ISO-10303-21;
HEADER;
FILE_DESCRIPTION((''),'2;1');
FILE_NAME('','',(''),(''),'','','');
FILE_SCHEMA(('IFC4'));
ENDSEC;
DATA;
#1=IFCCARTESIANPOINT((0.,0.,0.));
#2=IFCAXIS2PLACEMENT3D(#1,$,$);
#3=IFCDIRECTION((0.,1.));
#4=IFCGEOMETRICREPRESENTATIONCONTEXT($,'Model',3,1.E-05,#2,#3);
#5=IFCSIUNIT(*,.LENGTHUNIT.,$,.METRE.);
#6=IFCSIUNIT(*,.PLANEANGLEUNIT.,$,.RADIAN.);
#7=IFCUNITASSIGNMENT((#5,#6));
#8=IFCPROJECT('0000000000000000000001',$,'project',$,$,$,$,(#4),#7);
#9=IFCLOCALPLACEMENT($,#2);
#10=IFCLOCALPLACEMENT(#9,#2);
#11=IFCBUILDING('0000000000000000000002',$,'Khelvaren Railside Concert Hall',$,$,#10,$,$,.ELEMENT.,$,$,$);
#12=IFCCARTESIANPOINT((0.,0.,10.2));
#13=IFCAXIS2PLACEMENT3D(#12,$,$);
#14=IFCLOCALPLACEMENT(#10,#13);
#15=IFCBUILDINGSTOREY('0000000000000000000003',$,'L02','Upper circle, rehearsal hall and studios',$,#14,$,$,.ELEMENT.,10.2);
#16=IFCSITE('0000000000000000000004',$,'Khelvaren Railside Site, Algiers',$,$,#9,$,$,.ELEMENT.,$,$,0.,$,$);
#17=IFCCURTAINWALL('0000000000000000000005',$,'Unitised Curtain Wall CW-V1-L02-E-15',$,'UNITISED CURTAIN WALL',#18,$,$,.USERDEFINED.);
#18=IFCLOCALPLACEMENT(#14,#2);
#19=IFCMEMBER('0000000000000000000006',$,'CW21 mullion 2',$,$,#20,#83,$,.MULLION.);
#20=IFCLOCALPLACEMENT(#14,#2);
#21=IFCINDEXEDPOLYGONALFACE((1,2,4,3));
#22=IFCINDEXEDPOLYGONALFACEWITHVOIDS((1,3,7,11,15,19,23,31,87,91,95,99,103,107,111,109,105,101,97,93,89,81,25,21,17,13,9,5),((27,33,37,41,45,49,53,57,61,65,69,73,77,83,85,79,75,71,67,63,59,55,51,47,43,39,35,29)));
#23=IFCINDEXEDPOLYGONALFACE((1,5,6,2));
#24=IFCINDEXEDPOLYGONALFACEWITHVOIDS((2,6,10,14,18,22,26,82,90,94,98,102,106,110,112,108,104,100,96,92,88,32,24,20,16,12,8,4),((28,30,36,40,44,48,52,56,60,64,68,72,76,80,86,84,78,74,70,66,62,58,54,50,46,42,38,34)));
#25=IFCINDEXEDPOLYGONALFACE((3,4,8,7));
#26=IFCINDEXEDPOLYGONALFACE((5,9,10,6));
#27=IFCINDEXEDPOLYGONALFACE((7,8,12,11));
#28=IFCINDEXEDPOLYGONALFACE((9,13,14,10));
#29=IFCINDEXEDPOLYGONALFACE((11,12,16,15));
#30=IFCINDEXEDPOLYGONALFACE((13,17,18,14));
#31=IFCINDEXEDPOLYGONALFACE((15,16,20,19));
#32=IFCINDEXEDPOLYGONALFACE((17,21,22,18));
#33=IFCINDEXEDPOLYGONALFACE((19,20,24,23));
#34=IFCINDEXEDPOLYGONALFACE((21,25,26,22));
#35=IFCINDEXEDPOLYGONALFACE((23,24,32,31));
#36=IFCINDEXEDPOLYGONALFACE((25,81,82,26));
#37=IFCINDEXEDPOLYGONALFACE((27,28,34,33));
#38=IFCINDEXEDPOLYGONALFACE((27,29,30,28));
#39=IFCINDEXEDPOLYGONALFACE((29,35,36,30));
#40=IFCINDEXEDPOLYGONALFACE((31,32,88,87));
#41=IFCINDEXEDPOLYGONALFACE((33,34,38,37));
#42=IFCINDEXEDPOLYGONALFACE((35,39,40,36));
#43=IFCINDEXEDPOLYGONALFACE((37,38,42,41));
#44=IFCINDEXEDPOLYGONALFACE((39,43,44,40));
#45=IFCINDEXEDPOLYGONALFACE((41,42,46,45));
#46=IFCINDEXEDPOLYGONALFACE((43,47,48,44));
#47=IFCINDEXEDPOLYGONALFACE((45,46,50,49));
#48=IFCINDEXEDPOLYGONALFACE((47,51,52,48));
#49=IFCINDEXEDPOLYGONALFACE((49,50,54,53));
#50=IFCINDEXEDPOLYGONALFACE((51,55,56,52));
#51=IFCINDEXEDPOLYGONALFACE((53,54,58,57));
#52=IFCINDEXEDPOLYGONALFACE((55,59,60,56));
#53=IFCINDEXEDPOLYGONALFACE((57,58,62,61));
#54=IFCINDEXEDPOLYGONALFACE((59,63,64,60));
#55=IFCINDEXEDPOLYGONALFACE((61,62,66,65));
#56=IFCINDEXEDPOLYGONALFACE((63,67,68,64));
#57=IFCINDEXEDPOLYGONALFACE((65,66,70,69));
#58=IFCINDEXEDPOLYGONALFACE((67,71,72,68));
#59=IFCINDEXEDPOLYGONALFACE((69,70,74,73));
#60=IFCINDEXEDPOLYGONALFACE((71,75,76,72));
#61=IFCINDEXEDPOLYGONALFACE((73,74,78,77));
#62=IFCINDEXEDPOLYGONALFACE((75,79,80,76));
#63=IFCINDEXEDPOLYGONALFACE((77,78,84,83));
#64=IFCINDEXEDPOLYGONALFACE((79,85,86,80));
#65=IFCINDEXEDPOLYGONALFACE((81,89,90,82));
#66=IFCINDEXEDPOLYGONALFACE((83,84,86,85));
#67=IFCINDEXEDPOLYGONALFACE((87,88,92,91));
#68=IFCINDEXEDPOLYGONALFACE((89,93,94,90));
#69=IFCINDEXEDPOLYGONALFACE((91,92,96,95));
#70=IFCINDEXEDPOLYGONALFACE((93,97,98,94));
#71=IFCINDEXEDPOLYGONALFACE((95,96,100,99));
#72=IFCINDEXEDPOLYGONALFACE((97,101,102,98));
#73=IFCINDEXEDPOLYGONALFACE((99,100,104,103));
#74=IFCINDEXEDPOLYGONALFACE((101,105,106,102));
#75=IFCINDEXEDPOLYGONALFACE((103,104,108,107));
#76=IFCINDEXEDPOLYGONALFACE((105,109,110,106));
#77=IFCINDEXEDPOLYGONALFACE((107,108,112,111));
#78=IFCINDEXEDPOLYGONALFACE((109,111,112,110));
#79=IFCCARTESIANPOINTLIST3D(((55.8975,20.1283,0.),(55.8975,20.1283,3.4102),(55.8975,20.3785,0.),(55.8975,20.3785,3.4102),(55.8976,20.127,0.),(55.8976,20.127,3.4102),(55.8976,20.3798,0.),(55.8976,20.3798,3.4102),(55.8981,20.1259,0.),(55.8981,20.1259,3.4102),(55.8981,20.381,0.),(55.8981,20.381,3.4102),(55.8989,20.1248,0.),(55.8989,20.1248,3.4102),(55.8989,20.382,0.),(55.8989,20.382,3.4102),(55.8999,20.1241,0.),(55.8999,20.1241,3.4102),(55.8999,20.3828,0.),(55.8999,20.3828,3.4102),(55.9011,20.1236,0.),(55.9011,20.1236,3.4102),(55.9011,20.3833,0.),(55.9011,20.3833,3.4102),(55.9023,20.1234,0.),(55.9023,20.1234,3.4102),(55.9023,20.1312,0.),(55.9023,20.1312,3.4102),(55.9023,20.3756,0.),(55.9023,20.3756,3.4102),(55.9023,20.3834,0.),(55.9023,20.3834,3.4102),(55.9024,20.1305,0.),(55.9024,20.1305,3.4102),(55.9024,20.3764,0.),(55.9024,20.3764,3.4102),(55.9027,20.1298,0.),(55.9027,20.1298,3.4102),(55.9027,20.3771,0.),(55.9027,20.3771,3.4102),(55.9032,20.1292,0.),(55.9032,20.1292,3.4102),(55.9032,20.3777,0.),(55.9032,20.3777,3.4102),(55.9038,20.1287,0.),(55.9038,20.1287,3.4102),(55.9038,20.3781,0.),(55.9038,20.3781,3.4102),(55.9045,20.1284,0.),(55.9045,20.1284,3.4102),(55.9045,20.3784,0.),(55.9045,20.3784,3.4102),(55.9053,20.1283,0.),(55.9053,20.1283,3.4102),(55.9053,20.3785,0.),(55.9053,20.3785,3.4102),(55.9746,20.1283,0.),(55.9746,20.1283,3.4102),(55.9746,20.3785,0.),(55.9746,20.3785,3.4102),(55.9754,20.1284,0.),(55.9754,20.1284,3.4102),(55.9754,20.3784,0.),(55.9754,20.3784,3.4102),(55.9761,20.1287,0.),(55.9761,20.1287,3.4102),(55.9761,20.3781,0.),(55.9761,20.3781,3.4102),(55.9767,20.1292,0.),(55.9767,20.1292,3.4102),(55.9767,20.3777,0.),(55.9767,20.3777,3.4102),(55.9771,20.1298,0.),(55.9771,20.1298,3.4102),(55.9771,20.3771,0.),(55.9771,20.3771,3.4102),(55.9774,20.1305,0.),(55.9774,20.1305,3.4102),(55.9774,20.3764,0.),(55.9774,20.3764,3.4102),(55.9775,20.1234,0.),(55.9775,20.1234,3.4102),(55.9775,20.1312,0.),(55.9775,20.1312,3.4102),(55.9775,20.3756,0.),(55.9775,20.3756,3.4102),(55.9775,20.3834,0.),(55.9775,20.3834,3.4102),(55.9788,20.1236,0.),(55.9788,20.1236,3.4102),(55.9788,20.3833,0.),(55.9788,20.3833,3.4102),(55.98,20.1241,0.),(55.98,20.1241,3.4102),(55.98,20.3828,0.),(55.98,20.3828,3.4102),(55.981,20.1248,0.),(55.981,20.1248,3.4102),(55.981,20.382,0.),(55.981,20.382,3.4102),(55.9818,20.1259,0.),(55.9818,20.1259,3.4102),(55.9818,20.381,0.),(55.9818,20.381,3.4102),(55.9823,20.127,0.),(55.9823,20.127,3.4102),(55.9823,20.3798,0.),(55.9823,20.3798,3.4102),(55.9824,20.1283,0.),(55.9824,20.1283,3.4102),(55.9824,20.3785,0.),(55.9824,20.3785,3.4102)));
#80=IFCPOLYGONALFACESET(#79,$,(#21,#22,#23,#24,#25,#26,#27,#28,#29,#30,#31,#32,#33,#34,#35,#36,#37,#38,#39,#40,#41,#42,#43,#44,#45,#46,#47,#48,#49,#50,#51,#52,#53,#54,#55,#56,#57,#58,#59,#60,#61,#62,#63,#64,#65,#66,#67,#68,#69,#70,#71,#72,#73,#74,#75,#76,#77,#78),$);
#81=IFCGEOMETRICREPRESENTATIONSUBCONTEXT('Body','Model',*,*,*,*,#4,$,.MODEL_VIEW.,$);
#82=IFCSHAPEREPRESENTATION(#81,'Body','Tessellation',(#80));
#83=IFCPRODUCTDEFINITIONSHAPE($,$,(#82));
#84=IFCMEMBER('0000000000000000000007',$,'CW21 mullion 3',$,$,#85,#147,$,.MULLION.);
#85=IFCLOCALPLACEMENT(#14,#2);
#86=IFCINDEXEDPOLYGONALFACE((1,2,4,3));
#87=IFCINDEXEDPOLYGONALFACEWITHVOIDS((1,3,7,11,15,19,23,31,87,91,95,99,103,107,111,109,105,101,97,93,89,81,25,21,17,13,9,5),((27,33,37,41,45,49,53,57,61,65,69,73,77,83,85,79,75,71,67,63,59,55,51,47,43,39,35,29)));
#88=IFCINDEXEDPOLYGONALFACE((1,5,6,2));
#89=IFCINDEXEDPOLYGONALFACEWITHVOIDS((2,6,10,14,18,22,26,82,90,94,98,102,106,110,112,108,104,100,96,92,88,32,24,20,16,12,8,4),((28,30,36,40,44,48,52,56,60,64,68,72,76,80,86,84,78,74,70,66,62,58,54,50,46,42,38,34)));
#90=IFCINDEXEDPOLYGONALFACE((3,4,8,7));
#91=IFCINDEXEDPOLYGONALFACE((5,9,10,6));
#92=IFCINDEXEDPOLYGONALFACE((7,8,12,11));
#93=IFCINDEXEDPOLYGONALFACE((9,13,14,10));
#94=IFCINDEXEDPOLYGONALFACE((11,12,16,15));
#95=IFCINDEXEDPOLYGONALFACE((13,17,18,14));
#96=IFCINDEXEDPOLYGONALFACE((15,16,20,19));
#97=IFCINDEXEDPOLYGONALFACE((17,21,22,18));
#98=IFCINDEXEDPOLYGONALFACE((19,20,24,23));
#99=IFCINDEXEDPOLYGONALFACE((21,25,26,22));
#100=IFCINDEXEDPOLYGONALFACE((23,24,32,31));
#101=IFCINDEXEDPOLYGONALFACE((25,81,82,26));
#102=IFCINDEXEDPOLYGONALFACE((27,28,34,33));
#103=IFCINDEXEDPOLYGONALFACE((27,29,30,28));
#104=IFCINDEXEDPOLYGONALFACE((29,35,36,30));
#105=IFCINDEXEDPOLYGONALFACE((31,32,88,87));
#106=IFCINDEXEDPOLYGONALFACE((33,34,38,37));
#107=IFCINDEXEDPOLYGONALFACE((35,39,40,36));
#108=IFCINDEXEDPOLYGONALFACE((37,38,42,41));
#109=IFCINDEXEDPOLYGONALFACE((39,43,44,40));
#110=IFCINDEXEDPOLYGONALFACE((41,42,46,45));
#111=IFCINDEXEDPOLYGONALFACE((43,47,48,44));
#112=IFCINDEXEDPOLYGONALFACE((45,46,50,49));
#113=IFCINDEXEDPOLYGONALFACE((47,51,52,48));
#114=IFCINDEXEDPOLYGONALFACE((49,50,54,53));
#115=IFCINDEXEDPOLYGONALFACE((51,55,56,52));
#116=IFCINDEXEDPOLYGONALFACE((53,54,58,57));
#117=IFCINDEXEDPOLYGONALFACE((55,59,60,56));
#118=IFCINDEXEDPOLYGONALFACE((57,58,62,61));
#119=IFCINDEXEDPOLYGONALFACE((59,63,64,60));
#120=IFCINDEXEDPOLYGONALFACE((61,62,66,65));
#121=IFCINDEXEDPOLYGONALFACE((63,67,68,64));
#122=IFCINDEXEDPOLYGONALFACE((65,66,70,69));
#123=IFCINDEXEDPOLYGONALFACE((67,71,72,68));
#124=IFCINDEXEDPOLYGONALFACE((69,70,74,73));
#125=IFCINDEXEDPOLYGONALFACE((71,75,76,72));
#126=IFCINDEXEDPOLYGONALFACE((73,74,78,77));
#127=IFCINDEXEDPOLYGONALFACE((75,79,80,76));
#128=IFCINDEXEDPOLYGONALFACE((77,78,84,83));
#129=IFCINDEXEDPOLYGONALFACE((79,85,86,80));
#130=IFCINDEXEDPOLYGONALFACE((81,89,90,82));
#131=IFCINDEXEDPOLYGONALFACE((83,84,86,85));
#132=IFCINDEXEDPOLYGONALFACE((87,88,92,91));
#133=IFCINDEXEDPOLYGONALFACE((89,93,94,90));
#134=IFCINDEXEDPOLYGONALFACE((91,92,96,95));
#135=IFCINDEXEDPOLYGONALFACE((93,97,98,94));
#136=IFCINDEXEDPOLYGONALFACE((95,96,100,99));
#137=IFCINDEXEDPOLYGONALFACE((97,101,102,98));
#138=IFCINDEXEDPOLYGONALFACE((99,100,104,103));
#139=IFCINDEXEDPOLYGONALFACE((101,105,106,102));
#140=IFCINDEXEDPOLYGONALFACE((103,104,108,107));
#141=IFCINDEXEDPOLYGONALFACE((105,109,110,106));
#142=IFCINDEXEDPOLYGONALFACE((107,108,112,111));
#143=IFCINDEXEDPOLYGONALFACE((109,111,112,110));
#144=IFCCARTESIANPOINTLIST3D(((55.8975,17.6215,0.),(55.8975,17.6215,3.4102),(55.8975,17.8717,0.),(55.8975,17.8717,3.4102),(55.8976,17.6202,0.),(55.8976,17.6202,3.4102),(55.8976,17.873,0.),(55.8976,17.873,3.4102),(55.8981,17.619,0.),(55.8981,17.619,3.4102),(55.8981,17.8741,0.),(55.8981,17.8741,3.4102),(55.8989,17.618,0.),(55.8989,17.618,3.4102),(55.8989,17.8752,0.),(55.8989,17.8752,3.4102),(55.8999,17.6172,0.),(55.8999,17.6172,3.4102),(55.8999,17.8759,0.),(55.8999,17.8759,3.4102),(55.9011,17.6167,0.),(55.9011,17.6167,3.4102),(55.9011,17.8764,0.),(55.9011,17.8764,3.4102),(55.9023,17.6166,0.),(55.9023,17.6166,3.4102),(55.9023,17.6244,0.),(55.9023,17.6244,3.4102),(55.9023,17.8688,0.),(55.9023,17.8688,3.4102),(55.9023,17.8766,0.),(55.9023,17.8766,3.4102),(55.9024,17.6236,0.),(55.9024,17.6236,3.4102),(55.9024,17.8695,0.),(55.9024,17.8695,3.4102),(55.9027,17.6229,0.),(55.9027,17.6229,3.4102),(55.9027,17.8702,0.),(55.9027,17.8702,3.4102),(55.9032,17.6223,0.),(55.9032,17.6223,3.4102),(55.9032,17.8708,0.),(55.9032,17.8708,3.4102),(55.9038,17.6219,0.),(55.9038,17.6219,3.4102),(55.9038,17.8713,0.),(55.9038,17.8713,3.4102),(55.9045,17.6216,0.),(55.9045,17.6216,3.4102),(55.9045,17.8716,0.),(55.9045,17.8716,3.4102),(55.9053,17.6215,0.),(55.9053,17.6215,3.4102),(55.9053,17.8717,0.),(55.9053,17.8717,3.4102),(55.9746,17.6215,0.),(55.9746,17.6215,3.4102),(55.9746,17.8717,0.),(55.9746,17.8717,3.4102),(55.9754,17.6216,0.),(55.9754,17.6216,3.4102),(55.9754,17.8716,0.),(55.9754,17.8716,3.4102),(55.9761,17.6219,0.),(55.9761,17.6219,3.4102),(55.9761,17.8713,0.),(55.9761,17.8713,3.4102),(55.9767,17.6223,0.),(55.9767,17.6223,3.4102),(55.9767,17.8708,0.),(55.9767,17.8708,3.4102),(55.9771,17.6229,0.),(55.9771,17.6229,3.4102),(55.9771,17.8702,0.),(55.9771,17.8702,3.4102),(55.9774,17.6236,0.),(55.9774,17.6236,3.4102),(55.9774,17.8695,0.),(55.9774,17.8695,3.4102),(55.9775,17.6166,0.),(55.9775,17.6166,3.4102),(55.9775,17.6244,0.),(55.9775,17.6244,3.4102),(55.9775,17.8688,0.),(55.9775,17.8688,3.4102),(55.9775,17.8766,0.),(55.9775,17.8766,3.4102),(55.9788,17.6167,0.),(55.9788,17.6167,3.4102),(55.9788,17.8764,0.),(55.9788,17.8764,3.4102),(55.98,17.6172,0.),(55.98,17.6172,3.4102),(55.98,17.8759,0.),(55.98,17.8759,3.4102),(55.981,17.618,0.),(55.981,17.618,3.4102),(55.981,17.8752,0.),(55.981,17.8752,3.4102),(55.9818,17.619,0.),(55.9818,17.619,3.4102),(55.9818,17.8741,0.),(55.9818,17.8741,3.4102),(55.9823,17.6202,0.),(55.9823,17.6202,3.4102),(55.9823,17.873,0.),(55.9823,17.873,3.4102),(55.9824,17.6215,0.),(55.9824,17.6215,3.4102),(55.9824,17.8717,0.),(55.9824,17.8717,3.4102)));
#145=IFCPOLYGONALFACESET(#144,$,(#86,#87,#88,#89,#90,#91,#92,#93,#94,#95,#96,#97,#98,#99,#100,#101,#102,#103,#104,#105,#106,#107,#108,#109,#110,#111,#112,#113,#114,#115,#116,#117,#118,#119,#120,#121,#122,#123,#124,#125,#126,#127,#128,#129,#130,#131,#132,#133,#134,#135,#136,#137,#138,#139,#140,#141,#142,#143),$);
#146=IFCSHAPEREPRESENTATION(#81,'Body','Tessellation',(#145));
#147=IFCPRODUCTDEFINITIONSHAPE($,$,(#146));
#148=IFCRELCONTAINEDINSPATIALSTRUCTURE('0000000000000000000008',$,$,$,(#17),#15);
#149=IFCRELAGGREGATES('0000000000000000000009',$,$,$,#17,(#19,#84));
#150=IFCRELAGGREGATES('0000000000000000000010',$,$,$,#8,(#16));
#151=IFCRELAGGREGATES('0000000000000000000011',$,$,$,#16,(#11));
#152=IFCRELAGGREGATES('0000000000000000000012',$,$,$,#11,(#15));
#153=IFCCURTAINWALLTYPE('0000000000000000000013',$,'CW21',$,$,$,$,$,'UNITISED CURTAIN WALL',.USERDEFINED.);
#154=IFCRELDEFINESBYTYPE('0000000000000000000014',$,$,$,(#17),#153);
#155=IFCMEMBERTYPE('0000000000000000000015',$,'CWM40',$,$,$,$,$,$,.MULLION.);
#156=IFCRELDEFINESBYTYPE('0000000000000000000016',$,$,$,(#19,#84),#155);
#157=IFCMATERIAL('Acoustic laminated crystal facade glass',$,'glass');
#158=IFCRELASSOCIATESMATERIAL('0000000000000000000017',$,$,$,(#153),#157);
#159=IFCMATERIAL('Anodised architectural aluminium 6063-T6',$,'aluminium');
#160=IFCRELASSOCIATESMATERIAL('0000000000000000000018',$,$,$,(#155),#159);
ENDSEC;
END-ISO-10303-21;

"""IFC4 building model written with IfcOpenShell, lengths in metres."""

from ifc_helpers import new_model, si_unit, direction, frame, origin, origin_2d, place, context, subcontext, project, spatial, hollow_rectangle, extrude, material, material_profile, profile_set, type_object, element, aggregate, save


model = new_model("IFC4")

# Units and contexts
model_context = context("Model", 3, precision=1e-05, world=origin(), true_north=direction((0.0, 1.0)))
body_context = subcontext(model_context, "Body", "Model", "MODEL_VIEW")
ifc_project = project(units=[si_unit("LENGTHUNIT", "METRE"), si_unit("PLANEANGLEUNIT", "RADIAN")], contexts=[model_context])

# Site, building, storey
site_placement = place(None, origin())
site = spatial("IfcSite", under=ifc_project, at=site_placement, Name="Khelvaren Railside Site, Algiers", CompositionType="ELEMENT", RefElevation=0.0)
building_placement = place(site_placement, origin())
building = spatial("IfcBuilding", under=site, at=building_placement, Name="Khelvaren Railside Concert Hall", CompositionType="ELEMENT")
storey_placement = place(building_placement, frame((0.0, 0.0, 10.2)))
storey = spatial("IfcBuildingStorey", under=building, at=storey_placement, Name="L02", Description="Upper circle, rehearsal hall and studios", CompositionType="ELEMENT", Elevation=10.2)

# Curtain wall, members
ifc_material_1 = material(Name="Acoustic laminated crystal facade glass", Category="glass")
curtain_wall_type = type_object("IfcCurtainWallType", Name="CW21", ElementType="UNITISED CURTAIN WALL", PredefinedType="USERDEFINED", material=ifc_material_1)
curtain_wall_placement = place(storey_placement, origin())
curtain_wall = element("IfcCurtainWall", 1, at=curtain_wall_placement, inside=storey, type_object=curtain_wall_type, Name="Unitised Curtain Wall CW-V1-L02-E-15", ObjectType="UNITISED CURTAIN WALL", PredefinedType="USERDEFINED")
ifc_material_2 = material(Name="Anodised architectural aluminium 6063-T6", Category="aluminium")
ifc_material_profile_1 = material_profile(ifc_material_2, hollow_rectangle(XDim=0.085, YDim=0.26, WallThickness=0.0049, InnerFilletRadius=0.0029, OuterFilletRadius=0.0049, at=origin_2d()), Name="CWM 85x260x5")
ifc_profile_set_1 = profile_set([ifc_material_profile_1], Name="Anodised architectural aluminium 6063-T6")
member_type_1 = type_object("IfcMemberType", Name="CWM40", PredefinedType="MULLION", material=ifc_profile_set_1)
member_1_placement = place(storey_placement, frame((55.9399, 20.2534, 0.0), z_axis=(0.0, 0.0, 1.0), x_axis=(1.0, 0.0, 0.0)))
member_1 = element("IfcMember", 2, at=member_1_placement, type_object=member_type_1, Name="CW21 mullion 2", PredefinedType="MULLION", context=body_context, shape_type="SweptSolid", body=[
    extrude(hollow_rectangle(XDim=0.085, YDim=0.26, WallThickness=0.0049, InnerFilletRadius=0.0029, OuterFilletRadius=0.0049, at=origin_2d()), origin(), (0.0, 0.0, 1.0), 3.4102),
])
member_2_placement = place(storey_placement, frame((55.9399, 17.7466, 0.0), z_axis=(0.0, 0.0, 1.0), x_axis=(1.0, 0.0, 0.0)))
member_2 = element("IfcMember", 3, at=member_2_placement, type_object=member_type_1, Name="CW21 mullion 3", PredefinedType="MULLION", context=body_context, shape_type="SweptSolid", body=[
    extrude(hollow_rectangle(XDim=0.085, YDim=0.26, WallThickness=0.0049, InnerFilletRadius=0.0029, OuterFilletRadius=0.0049, at=origin_2d()), origin(), (0.0, 0.0, 1.0), 3.4102),
])

aggregate(curtain_wall, [member_1, member_2])

save(model, "model.ifc")
